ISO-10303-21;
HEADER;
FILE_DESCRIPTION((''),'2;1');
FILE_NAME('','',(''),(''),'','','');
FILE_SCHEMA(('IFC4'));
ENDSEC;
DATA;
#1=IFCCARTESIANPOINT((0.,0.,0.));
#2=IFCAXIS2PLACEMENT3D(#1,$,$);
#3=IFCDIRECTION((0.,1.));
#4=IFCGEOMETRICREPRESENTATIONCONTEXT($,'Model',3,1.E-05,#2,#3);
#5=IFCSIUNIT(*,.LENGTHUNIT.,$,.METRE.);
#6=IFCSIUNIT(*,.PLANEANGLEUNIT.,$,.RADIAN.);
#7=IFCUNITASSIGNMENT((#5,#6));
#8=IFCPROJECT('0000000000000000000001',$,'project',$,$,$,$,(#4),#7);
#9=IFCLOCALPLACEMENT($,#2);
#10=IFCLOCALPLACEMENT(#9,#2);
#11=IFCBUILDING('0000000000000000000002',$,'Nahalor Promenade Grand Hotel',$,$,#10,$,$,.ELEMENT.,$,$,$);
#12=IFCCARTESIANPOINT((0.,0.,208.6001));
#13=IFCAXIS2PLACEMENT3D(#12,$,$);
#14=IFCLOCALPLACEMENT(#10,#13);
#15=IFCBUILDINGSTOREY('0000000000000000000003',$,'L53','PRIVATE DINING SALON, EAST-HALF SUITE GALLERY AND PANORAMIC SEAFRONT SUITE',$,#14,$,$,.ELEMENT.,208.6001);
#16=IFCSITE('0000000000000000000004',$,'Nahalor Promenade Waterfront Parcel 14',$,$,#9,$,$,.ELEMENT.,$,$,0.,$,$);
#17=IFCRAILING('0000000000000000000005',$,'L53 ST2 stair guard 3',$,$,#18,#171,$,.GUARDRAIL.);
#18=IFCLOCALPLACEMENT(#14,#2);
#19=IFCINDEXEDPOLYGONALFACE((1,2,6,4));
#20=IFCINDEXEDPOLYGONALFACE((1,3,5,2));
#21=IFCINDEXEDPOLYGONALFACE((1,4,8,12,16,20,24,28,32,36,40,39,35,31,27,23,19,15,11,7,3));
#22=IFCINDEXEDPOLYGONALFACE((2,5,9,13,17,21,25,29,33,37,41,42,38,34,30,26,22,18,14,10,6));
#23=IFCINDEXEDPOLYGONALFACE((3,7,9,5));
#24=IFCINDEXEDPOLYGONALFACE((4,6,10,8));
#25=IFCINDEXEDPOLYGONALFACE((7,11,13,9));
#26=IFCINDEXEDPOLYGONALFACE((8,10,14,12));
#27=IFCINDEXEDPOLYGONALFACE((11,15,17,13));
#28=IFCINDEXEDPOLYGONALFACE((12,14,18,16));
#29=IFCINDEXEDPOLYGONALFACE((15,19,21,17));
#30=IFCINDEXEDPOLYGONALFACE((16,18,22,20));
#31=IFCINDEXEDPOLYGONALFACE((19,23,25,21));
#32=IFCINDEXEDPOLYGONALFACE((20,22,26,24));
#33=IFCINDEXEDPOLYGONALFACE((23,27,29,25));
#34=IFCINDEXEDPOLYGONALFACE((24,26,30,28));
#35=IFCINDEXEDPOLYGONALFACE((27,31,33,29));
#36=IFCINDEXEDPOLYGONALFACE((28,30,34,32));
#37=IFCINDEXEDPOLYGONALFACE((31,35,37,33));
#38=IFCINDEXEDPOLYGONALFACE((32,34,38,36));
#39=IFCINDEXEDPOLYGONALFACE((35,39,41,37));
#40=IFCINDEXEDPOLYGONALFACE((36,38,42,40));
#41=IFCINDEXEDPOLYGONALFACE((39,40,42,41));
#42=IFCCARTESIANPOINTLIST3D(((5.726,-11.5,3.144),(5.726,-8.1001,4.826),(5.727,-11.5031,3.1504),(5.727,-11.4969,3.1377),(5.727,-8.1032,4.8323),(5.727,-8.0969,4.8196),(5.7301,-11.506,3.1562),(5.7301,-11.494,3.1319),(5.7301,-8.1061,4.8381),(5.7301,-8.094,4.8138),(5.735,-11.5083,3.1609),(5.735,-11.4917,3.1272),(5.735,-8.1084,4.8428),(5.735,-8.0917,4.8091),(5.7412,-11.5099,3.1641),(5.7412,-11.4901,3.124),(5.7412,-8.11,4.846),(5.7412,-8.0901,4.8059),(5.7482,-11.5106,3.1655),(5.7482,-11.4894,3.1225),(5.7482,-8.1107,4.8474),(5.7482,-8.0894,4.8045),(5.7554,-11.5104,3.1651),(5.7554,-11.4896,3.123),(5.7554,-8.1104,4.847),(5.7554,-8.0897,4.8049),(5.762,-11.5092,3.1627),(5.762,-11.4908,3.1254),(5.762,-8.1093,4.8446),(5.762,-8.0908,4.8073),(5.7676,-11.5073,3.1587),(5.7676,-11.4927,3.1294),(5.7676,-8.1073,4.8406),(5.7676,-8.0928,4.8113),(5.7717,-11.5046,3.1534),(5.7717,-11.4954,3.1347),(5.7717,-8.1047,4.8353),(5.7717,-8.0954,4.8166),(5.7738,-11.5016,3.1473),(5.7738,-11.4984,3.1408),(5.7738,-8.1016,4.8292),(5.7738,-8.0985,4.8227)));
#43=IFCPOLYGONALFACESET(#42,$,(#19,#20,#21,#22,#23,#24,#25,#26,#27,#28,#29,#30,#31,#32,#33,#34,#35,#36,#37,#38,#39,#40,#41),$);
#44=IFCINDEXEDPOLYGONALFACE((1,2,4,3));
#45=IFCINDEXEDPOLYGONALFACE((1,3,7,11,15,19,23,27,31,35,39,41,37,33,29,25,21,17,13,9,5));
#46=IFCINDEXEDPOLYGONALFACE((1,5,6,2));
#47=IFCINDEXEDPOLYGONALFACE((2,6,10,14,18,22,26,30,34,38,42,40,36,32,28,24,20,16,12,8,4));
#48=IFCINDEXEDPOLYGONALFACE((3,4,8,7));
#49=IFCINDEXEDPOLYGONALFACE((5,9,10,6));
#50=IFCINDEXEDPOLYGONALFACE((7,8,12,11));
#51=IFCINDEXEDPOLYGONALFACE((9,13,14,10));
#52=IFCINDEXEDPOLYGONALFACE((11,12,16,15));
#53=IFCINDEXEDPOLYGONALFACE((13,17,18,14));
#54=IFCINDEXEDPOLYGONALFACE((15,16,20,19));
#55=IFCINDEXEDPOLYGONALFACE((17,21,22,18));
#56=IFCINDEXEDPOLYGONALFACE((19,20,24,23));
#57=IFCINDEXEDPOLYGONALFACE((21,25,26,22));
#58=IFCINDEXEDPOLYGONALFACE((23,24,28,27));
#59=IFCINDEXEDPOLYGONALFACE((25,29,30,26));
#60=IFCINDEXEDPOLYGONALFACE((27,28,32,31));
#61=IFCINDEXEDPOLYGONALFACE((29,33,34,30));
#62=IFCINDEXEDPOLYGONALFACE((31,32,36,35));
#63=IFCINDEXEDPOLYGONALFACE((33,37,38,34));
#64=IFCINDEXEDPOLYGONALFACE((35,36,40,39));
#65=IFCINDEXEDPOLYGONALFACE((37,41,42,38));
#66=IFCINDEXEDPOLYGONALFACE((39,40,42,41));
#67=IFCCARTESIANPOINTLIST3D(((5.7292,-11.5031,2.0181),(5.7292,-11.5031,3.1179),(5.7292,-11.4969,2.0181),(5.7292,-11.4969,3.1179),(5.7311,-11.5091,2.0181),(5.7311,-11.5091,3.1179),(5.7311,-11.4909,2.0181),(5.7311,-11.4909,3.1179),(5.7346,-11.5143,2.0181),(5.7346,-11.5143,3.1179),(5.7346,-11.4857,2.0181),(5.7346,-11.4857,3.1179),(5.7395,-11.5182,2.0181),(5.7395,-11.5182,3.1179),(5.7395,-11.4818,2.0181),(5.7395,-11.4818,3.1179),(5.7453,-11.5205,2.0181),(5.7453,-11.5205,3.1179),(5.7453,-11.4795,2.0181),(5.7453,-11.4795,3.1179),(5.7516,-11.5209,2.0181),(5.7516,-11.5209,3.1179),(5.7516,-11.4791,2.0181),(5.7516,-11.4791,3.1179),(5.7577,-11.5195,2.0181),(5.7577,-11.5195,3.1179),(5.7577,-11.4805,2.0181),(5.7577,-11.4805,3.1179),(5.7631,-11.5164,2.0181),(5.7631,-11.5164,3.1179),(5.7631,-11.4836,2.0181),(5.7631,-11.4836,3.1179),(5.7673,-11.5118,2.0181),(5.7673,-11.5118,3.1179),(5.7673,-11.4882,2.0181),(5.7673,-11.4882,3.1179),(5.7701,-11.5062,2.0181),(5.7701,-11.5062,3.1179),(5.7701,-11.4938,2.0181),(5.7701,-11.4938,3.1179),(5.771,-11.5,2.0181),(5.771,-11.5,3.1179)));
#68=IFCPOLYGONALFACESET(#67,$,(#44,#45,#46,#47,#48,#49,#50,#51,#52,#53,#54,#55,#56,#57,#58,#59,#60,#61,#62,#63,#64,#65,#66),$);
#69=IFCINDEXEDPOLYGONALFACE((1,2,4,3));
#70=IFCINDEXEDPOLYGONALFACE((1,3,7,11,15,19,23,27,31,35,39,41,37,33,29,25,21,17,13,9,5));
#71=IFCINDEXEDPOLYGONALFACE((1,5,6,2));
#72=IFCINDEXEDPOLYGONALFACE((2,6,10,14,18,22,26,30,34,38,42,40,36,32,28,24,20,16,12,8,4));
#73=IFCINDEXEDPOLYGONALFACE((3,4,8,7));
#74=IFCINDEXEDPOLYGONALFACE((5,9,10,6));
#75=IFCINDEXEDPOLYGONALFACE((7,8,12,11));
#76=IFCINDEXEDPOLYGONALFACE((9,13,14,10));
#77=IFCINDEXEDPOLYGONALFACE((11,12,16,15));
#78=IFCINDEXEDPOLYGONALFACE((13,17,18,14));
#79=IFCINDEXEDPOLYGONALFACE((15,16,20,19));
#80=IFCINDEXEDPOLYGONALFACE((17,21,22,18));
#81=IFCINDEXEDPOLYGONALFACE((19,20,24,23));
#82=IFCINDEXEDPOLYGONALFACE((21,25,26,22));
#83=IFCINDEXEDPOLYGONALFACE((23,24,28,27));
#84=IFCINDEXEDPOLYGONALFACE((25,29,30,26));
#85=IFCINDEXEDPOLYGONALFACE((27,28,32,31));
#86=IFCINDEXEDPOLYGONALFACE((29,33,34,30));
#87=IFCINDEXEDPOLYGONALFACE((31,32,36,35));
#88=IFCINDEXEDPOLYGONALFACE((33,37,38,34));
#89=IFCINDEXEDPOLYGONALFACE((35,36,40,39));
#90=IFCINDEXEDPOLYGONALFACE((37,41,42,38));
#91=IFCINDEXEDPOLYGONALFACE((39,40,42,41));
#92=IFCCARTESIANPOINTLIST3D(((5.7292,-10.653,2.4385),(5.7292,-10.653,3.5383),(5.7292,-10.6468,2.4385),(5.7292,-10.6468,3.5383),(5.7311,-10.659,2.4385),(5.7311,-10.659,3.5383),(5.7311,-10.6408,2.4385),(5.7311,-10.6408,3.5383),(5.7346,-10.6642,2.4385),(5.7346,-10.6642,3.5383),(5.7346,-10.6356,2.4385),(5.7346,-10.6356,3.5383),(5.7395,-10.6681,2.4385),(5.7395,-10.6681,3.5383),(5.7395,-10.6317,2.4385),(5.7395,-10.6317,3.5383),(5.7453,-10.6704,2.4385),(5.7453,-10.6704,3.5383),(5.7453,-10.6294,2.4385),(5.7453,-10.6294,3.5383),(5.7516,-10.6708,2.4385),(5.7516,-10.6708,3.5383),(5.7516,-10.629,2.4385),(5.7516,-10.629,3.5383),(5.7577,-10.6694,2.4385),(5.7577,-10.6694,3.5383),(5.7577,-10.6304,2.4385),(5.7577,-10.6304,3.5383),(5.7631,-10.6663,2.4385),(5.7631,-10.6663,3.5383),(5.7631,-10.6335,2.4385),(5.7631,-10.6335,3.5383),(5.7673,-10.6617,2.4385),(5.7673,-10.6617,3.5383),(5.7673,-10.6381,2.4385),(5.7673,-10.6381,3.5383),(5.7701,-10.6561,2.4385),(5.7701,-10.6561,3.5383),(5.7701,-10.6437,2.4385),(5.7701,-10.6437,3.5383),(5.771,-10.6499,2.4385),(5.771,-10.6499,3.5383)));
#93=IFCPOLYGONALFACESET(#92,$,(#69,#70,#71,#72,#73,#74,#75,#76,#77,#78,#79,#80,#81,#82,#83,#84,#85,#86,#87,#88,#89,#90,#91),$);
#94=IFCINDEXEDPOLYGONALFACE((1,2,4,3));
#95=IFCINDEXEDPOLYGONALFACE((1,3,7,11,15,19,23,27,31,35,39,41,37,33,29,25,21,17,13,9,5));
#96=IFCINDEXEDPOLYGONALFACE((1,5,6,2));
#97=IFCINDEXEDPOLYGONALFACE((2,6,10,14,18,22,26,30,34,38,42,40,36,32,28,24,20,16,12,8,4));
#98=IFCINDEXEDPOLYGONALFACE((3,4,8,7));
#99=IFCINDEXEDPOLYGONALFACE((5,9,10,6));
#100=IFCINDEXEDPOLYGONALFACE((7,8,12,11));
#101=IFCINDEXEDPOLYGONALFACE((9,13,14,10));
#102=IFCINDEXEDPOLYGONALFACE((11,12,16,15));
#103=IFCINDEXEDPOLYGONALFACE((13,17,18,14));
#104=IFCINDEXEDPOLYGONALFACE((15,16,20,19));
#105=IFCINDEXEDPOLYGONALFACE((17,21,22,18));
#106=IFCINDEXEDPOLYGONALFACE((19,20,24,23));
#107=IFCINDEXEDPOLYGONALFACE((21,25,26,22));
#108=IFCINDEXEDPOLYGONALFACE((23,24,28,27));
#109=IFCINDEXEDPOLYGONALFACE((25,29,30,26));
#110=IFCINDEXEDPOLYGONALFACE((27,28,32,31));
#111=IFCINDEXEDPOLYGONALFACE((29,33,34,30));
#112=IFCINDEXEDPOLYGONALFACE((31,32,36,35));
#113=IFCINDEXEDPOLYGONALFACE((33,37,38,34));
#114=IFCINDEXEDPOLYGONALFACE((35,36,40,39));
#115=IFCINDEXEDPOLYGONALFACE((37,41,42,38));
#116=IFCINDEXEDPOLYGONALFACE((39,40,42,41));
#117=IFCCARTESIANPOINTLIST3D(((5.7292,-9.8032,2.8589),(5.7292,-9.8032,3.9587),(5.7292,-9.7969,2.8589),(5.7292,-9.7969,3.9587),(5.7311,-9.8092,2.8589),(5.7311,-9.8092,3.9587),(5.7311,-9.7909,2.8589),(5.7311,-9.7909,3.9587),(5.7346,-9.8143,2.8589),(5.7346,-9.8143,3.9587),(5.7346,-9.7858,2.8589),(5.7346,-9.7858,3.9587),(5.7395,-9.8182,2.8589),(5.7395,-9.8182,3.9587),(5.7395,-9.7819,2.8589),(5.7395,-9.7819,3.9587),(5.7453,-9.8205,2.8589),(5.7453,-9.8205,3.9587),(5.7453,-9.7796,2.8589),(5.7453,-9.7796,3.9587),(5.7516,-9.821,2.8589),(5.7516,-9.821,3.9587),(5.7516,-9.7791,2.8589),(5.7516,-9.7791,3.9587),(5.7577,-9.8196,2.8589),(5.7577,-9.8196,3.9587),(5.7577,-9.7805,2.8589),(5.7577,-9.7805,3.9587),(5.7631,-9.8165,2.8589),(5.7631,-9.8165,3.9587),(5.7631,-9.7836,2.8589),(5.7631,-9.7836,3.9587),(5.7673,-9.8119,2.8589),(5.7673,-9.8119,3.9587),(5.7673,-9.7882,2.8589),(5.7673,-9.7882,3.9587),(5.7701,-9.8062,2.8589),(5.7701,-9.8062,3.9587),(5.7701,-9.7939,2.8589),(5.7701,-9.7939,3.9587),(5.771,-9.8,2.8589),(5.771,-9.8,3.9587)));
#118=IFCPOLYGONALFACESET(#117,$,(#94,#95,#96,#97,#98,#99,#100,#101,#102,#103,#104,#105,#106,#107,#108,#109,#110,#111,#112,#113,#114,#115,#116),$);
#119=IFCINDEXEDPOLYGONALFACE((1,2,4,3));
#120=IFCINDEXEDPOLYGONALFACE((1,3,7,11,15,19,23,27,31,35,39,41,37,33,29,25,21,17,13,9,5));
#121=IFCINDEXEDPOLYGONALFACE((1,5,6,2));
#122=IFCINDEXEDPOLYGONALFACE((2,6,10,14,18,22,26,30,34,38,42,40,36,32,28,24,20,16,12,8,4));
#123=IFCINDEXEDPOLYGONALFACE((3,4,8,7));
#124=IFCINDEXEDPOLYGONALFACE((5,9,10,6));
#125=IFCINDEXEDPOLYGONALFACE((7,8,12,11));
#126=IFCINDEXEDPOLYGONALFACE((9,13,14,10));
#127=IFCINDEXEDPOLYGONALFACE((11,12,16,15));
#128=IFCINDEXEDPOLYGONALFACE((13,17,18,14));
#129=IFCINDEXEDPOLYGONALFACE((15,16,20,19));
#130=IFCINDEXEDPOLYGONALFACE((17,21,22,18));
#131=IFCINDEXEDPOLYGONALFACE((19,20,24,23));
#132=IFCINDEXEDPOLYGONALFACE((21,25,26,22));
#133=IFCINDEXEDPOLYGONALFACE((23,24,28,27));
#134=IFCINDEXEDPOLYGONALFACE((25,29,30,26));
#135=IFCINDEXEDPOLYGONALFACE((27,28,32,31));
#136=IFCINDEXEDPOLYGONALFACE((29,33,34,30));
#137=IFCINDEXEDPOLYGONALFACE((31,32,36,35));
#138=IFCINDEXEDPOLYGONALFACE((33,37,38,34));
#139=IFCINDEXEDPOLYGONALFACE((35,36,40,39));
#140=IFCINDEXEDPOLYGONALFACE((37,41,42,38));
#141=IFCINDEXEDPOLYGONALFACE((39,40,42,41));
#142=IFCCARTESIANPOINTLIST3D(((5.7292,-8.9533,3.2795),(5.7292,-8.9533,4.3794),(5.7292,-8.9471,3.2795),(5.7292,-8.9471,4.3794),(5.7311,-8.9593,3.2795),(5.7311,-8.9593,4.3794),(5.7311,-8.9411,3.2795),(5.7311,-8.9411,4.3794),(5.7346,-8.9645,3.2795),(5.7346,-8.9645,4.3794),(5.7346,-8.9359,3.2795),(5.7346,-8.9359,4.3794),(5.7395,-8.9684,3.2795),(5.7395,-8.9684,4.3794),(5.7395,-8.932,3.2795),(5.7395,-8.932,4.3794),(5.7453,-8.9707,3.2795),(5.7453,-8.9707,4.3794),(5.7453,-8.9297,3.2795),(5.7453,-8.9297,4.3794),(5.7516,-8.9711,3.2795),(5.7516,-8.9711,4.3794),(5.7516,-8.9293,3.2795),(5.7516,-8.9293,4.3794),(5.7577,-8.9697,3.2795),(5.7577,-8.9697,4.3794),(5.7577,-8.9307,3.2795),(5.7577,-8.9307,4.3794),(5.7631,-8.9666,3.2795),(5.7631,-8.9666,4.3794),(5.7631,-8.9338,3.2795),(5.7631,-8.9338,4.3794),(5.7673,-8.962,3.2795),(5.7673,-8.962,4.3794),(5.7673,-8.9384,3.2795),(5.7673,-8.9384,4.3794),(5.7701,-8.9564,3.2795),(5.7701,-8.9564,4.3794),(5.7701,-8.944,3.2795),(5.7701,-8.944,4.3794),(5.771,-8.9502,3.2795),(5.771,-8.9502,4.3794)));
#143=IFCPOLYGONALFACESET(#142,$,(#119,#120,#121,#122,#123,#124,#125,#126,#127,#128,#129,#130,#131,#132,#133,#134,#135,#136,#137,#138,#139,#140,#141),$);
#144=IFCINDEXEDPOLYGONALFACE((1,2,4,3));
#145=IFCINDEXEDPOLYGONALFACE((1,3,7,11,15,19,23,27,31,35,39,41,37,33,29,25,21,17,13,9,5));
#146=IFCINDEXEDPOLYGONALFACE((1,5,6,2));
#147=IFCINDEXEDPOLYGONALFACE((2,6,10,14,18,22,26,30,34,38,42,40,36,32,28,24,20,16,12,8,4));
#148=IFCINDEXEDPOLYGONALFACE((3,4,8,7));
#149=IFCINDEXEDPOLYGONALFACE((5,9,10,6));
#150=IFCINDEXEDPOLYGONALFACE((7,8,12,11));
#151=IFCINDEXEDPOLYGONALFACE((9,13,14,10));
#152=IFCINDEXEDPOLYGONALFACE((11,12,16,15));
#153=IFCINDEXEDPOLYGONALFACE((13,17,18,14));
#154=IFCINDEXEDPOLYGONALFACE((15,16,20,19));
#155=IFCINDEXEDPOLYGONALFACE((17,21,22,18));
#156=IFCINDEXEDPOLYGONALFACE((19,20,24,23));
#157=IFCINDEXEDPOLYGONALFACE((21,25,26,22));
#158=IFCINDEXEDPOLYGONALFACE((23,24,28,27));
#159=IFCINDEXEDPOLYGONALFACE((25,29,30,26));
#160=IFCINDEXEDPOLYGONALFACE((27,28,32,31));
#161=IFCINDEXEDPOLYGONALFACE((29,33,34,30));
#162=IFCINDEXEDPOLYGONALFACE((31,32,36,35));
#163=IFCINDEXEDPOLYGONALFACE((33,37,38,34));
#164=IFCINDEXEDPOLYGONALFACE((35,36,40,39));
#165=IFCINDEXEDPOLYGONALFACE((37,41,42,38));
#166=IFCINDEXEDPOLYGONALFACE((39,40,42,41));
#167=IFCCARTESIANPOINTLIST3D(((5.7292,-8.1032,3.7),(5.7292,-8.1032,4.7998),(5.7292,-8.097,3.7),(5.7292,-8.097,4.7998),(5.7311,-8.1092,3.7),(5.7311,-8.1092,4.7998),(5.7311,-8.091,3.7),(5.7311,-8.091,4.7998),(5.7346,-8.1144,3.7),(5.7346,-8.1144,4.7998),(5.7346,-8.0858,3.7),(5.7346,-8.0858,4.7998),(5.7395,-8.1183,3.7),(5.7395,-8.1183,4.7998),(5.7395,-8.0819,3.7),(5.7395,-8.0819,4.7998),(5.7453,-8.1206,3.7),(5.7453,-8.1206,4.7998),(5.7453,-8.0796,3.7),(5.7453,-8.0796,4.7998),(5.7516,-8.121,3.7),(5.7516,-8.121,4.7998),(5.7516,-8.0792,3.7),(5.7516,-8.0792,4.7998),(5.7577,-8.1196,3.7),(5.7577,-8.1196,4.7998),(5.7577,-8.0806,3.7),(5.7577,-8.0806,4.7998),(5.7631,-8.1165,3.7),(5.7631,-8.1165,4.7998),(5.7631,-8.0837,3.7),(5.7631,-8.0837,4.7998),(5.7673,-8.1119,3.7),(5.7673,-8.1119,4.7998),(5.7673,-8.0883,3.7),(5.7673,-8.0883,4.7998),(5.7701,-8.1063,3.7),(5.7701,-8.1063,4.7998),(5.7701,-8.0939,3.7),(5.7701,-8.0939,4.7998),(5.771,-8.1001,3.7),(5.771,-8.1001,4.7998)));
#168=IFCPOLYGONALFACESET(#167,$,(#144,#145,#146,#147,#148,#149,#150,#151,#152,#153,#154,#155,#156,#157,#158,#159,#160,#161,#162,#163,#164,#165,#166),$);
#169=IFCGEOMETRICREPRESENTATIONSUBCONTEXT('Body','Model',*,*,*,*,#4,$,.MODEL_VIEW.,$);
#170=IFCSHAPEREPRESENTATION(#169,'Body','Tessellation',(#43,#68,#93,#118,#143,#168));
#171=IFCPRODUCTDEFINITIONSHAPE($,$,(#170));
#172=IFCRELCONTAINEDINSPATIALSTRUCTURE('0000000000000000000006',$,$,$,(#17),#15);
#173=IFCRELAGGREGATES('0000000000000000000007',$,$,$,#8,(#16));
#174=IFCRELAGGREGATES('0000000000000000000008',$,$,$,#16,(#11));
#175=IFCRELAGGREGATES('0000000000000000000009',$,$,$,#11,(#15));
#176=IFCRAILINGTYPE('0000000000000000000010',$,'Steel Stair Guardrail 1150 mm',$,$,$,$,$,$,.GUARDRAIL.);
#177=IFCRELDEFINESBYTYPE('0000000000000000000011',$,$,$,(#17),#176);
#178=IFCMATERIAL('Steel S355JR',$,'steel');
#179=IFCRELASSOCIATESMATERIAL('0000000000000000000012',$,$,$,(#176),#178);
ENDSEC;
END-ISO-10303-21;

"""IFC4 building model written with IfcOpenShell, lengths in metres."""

from ifc_helpers import new_model, si_unit, direction, frame, origin, origin_2d, place, context, subcontext, project, spatial, circle, extrude, material, type_object, element, save


model = new_model("IFC4")

# Units and contexts
model_context = context("Model", 3, precision=1e-05, world=origin(), true_north=direction((0.0, 1.0)))
body_context = subcontext(model_context, "Body", "Model", "MODEL_VIEW")
ifc_project = project(units=[si_unit("LENGTHUNIT", "METRE"), si_unit("PLANEANGLEUNIT", "RADIAN")], contexts=[model_context])

# Site, building, storey
site_placement = place(None, origin())
site = spatial("IfcSite", under=ifc_project, at=site_placement, Name="Nahalor Promenade Waterfront Parcel 14", CompositionType="ELEMENT", RefElevation=0.0)
building_placement = place(site_placement, origin())
building = spatial("IfcBuilding", under=site, at=building_placement, Name="Nahalor Promenade Grand Hotel", CompositionType="ELEMENT")
storey_placement = place(building_placement, frame((0.0, 0.0, 208.6001)))
storey = spatial("IfcBuildingStorey", under=building, at=storey_placement, Name="L53", Description="PRIVATE DINING SALON, EAST-HALF SUITE GALLERY AND PANORAMIC SEAFRONT SUITE", CompositionType="ELEMENT", Elevation=208.6001)

# Shared definitions
ifc_material_1 = material(Name="Steel S355JR", Category="steel")

# Railing
railing_type_1 = type_object("IfcRailingType", Name="Steel Stair Guardrail 1150 mm", PredefinedType="GUARDRAIL", material=ifc_material_1)
railing_1_placement = place(storey_placement, frame((5.75, -11.5, 2.0181)))
element("IfcRailing", 1, at=railing_1_placement, inside=storey, type_object=railing_type_1, Name="L53 ST2 stair guard 3", PredefinedType="GUARDRAIL", context=body_context, shape_type="SweptSolid", body=[
    extrude(circle(Radius=0.024, at=origin_2d()), frame((0.0, 0.0, 1.126), z_axis=(0.0, 0.896324, 0.443399), x_axis=(-1.0, 0.0, 0.0)), (0.0, 0.0, 1.0), 3.7932),
    extrude(circle(Radius=0.021, at=origin_2d()), origin(), (0.0, 0.0, 1.0), 1.0999),
    extrude(circle(Radius=0.021, at=origin_2d()), frame((0.0, 0.8501, 0.4204)), (0.0, 0.0, 1.0), 1.0999),
    extrude(circle(Radius=0.021, at=origin_2d()), frame((0.0, 1.7, 0.8408)), (0.0, 0.0, 1.0), 1.0999),
    extrude(circle(Radius=0.021, at=origin_2d()), frame((0.0, 2.5498, 1.2615)), (0.0, 0.0, 1.0), 1.0999),
    extrude(circle(Radius=0.021, at=origin_2d()), frame((0.0, 3.3999, 1.6819)), (0.0, 0.0, 1.0), 1.0999),
])

save(model, "model.ifc")
